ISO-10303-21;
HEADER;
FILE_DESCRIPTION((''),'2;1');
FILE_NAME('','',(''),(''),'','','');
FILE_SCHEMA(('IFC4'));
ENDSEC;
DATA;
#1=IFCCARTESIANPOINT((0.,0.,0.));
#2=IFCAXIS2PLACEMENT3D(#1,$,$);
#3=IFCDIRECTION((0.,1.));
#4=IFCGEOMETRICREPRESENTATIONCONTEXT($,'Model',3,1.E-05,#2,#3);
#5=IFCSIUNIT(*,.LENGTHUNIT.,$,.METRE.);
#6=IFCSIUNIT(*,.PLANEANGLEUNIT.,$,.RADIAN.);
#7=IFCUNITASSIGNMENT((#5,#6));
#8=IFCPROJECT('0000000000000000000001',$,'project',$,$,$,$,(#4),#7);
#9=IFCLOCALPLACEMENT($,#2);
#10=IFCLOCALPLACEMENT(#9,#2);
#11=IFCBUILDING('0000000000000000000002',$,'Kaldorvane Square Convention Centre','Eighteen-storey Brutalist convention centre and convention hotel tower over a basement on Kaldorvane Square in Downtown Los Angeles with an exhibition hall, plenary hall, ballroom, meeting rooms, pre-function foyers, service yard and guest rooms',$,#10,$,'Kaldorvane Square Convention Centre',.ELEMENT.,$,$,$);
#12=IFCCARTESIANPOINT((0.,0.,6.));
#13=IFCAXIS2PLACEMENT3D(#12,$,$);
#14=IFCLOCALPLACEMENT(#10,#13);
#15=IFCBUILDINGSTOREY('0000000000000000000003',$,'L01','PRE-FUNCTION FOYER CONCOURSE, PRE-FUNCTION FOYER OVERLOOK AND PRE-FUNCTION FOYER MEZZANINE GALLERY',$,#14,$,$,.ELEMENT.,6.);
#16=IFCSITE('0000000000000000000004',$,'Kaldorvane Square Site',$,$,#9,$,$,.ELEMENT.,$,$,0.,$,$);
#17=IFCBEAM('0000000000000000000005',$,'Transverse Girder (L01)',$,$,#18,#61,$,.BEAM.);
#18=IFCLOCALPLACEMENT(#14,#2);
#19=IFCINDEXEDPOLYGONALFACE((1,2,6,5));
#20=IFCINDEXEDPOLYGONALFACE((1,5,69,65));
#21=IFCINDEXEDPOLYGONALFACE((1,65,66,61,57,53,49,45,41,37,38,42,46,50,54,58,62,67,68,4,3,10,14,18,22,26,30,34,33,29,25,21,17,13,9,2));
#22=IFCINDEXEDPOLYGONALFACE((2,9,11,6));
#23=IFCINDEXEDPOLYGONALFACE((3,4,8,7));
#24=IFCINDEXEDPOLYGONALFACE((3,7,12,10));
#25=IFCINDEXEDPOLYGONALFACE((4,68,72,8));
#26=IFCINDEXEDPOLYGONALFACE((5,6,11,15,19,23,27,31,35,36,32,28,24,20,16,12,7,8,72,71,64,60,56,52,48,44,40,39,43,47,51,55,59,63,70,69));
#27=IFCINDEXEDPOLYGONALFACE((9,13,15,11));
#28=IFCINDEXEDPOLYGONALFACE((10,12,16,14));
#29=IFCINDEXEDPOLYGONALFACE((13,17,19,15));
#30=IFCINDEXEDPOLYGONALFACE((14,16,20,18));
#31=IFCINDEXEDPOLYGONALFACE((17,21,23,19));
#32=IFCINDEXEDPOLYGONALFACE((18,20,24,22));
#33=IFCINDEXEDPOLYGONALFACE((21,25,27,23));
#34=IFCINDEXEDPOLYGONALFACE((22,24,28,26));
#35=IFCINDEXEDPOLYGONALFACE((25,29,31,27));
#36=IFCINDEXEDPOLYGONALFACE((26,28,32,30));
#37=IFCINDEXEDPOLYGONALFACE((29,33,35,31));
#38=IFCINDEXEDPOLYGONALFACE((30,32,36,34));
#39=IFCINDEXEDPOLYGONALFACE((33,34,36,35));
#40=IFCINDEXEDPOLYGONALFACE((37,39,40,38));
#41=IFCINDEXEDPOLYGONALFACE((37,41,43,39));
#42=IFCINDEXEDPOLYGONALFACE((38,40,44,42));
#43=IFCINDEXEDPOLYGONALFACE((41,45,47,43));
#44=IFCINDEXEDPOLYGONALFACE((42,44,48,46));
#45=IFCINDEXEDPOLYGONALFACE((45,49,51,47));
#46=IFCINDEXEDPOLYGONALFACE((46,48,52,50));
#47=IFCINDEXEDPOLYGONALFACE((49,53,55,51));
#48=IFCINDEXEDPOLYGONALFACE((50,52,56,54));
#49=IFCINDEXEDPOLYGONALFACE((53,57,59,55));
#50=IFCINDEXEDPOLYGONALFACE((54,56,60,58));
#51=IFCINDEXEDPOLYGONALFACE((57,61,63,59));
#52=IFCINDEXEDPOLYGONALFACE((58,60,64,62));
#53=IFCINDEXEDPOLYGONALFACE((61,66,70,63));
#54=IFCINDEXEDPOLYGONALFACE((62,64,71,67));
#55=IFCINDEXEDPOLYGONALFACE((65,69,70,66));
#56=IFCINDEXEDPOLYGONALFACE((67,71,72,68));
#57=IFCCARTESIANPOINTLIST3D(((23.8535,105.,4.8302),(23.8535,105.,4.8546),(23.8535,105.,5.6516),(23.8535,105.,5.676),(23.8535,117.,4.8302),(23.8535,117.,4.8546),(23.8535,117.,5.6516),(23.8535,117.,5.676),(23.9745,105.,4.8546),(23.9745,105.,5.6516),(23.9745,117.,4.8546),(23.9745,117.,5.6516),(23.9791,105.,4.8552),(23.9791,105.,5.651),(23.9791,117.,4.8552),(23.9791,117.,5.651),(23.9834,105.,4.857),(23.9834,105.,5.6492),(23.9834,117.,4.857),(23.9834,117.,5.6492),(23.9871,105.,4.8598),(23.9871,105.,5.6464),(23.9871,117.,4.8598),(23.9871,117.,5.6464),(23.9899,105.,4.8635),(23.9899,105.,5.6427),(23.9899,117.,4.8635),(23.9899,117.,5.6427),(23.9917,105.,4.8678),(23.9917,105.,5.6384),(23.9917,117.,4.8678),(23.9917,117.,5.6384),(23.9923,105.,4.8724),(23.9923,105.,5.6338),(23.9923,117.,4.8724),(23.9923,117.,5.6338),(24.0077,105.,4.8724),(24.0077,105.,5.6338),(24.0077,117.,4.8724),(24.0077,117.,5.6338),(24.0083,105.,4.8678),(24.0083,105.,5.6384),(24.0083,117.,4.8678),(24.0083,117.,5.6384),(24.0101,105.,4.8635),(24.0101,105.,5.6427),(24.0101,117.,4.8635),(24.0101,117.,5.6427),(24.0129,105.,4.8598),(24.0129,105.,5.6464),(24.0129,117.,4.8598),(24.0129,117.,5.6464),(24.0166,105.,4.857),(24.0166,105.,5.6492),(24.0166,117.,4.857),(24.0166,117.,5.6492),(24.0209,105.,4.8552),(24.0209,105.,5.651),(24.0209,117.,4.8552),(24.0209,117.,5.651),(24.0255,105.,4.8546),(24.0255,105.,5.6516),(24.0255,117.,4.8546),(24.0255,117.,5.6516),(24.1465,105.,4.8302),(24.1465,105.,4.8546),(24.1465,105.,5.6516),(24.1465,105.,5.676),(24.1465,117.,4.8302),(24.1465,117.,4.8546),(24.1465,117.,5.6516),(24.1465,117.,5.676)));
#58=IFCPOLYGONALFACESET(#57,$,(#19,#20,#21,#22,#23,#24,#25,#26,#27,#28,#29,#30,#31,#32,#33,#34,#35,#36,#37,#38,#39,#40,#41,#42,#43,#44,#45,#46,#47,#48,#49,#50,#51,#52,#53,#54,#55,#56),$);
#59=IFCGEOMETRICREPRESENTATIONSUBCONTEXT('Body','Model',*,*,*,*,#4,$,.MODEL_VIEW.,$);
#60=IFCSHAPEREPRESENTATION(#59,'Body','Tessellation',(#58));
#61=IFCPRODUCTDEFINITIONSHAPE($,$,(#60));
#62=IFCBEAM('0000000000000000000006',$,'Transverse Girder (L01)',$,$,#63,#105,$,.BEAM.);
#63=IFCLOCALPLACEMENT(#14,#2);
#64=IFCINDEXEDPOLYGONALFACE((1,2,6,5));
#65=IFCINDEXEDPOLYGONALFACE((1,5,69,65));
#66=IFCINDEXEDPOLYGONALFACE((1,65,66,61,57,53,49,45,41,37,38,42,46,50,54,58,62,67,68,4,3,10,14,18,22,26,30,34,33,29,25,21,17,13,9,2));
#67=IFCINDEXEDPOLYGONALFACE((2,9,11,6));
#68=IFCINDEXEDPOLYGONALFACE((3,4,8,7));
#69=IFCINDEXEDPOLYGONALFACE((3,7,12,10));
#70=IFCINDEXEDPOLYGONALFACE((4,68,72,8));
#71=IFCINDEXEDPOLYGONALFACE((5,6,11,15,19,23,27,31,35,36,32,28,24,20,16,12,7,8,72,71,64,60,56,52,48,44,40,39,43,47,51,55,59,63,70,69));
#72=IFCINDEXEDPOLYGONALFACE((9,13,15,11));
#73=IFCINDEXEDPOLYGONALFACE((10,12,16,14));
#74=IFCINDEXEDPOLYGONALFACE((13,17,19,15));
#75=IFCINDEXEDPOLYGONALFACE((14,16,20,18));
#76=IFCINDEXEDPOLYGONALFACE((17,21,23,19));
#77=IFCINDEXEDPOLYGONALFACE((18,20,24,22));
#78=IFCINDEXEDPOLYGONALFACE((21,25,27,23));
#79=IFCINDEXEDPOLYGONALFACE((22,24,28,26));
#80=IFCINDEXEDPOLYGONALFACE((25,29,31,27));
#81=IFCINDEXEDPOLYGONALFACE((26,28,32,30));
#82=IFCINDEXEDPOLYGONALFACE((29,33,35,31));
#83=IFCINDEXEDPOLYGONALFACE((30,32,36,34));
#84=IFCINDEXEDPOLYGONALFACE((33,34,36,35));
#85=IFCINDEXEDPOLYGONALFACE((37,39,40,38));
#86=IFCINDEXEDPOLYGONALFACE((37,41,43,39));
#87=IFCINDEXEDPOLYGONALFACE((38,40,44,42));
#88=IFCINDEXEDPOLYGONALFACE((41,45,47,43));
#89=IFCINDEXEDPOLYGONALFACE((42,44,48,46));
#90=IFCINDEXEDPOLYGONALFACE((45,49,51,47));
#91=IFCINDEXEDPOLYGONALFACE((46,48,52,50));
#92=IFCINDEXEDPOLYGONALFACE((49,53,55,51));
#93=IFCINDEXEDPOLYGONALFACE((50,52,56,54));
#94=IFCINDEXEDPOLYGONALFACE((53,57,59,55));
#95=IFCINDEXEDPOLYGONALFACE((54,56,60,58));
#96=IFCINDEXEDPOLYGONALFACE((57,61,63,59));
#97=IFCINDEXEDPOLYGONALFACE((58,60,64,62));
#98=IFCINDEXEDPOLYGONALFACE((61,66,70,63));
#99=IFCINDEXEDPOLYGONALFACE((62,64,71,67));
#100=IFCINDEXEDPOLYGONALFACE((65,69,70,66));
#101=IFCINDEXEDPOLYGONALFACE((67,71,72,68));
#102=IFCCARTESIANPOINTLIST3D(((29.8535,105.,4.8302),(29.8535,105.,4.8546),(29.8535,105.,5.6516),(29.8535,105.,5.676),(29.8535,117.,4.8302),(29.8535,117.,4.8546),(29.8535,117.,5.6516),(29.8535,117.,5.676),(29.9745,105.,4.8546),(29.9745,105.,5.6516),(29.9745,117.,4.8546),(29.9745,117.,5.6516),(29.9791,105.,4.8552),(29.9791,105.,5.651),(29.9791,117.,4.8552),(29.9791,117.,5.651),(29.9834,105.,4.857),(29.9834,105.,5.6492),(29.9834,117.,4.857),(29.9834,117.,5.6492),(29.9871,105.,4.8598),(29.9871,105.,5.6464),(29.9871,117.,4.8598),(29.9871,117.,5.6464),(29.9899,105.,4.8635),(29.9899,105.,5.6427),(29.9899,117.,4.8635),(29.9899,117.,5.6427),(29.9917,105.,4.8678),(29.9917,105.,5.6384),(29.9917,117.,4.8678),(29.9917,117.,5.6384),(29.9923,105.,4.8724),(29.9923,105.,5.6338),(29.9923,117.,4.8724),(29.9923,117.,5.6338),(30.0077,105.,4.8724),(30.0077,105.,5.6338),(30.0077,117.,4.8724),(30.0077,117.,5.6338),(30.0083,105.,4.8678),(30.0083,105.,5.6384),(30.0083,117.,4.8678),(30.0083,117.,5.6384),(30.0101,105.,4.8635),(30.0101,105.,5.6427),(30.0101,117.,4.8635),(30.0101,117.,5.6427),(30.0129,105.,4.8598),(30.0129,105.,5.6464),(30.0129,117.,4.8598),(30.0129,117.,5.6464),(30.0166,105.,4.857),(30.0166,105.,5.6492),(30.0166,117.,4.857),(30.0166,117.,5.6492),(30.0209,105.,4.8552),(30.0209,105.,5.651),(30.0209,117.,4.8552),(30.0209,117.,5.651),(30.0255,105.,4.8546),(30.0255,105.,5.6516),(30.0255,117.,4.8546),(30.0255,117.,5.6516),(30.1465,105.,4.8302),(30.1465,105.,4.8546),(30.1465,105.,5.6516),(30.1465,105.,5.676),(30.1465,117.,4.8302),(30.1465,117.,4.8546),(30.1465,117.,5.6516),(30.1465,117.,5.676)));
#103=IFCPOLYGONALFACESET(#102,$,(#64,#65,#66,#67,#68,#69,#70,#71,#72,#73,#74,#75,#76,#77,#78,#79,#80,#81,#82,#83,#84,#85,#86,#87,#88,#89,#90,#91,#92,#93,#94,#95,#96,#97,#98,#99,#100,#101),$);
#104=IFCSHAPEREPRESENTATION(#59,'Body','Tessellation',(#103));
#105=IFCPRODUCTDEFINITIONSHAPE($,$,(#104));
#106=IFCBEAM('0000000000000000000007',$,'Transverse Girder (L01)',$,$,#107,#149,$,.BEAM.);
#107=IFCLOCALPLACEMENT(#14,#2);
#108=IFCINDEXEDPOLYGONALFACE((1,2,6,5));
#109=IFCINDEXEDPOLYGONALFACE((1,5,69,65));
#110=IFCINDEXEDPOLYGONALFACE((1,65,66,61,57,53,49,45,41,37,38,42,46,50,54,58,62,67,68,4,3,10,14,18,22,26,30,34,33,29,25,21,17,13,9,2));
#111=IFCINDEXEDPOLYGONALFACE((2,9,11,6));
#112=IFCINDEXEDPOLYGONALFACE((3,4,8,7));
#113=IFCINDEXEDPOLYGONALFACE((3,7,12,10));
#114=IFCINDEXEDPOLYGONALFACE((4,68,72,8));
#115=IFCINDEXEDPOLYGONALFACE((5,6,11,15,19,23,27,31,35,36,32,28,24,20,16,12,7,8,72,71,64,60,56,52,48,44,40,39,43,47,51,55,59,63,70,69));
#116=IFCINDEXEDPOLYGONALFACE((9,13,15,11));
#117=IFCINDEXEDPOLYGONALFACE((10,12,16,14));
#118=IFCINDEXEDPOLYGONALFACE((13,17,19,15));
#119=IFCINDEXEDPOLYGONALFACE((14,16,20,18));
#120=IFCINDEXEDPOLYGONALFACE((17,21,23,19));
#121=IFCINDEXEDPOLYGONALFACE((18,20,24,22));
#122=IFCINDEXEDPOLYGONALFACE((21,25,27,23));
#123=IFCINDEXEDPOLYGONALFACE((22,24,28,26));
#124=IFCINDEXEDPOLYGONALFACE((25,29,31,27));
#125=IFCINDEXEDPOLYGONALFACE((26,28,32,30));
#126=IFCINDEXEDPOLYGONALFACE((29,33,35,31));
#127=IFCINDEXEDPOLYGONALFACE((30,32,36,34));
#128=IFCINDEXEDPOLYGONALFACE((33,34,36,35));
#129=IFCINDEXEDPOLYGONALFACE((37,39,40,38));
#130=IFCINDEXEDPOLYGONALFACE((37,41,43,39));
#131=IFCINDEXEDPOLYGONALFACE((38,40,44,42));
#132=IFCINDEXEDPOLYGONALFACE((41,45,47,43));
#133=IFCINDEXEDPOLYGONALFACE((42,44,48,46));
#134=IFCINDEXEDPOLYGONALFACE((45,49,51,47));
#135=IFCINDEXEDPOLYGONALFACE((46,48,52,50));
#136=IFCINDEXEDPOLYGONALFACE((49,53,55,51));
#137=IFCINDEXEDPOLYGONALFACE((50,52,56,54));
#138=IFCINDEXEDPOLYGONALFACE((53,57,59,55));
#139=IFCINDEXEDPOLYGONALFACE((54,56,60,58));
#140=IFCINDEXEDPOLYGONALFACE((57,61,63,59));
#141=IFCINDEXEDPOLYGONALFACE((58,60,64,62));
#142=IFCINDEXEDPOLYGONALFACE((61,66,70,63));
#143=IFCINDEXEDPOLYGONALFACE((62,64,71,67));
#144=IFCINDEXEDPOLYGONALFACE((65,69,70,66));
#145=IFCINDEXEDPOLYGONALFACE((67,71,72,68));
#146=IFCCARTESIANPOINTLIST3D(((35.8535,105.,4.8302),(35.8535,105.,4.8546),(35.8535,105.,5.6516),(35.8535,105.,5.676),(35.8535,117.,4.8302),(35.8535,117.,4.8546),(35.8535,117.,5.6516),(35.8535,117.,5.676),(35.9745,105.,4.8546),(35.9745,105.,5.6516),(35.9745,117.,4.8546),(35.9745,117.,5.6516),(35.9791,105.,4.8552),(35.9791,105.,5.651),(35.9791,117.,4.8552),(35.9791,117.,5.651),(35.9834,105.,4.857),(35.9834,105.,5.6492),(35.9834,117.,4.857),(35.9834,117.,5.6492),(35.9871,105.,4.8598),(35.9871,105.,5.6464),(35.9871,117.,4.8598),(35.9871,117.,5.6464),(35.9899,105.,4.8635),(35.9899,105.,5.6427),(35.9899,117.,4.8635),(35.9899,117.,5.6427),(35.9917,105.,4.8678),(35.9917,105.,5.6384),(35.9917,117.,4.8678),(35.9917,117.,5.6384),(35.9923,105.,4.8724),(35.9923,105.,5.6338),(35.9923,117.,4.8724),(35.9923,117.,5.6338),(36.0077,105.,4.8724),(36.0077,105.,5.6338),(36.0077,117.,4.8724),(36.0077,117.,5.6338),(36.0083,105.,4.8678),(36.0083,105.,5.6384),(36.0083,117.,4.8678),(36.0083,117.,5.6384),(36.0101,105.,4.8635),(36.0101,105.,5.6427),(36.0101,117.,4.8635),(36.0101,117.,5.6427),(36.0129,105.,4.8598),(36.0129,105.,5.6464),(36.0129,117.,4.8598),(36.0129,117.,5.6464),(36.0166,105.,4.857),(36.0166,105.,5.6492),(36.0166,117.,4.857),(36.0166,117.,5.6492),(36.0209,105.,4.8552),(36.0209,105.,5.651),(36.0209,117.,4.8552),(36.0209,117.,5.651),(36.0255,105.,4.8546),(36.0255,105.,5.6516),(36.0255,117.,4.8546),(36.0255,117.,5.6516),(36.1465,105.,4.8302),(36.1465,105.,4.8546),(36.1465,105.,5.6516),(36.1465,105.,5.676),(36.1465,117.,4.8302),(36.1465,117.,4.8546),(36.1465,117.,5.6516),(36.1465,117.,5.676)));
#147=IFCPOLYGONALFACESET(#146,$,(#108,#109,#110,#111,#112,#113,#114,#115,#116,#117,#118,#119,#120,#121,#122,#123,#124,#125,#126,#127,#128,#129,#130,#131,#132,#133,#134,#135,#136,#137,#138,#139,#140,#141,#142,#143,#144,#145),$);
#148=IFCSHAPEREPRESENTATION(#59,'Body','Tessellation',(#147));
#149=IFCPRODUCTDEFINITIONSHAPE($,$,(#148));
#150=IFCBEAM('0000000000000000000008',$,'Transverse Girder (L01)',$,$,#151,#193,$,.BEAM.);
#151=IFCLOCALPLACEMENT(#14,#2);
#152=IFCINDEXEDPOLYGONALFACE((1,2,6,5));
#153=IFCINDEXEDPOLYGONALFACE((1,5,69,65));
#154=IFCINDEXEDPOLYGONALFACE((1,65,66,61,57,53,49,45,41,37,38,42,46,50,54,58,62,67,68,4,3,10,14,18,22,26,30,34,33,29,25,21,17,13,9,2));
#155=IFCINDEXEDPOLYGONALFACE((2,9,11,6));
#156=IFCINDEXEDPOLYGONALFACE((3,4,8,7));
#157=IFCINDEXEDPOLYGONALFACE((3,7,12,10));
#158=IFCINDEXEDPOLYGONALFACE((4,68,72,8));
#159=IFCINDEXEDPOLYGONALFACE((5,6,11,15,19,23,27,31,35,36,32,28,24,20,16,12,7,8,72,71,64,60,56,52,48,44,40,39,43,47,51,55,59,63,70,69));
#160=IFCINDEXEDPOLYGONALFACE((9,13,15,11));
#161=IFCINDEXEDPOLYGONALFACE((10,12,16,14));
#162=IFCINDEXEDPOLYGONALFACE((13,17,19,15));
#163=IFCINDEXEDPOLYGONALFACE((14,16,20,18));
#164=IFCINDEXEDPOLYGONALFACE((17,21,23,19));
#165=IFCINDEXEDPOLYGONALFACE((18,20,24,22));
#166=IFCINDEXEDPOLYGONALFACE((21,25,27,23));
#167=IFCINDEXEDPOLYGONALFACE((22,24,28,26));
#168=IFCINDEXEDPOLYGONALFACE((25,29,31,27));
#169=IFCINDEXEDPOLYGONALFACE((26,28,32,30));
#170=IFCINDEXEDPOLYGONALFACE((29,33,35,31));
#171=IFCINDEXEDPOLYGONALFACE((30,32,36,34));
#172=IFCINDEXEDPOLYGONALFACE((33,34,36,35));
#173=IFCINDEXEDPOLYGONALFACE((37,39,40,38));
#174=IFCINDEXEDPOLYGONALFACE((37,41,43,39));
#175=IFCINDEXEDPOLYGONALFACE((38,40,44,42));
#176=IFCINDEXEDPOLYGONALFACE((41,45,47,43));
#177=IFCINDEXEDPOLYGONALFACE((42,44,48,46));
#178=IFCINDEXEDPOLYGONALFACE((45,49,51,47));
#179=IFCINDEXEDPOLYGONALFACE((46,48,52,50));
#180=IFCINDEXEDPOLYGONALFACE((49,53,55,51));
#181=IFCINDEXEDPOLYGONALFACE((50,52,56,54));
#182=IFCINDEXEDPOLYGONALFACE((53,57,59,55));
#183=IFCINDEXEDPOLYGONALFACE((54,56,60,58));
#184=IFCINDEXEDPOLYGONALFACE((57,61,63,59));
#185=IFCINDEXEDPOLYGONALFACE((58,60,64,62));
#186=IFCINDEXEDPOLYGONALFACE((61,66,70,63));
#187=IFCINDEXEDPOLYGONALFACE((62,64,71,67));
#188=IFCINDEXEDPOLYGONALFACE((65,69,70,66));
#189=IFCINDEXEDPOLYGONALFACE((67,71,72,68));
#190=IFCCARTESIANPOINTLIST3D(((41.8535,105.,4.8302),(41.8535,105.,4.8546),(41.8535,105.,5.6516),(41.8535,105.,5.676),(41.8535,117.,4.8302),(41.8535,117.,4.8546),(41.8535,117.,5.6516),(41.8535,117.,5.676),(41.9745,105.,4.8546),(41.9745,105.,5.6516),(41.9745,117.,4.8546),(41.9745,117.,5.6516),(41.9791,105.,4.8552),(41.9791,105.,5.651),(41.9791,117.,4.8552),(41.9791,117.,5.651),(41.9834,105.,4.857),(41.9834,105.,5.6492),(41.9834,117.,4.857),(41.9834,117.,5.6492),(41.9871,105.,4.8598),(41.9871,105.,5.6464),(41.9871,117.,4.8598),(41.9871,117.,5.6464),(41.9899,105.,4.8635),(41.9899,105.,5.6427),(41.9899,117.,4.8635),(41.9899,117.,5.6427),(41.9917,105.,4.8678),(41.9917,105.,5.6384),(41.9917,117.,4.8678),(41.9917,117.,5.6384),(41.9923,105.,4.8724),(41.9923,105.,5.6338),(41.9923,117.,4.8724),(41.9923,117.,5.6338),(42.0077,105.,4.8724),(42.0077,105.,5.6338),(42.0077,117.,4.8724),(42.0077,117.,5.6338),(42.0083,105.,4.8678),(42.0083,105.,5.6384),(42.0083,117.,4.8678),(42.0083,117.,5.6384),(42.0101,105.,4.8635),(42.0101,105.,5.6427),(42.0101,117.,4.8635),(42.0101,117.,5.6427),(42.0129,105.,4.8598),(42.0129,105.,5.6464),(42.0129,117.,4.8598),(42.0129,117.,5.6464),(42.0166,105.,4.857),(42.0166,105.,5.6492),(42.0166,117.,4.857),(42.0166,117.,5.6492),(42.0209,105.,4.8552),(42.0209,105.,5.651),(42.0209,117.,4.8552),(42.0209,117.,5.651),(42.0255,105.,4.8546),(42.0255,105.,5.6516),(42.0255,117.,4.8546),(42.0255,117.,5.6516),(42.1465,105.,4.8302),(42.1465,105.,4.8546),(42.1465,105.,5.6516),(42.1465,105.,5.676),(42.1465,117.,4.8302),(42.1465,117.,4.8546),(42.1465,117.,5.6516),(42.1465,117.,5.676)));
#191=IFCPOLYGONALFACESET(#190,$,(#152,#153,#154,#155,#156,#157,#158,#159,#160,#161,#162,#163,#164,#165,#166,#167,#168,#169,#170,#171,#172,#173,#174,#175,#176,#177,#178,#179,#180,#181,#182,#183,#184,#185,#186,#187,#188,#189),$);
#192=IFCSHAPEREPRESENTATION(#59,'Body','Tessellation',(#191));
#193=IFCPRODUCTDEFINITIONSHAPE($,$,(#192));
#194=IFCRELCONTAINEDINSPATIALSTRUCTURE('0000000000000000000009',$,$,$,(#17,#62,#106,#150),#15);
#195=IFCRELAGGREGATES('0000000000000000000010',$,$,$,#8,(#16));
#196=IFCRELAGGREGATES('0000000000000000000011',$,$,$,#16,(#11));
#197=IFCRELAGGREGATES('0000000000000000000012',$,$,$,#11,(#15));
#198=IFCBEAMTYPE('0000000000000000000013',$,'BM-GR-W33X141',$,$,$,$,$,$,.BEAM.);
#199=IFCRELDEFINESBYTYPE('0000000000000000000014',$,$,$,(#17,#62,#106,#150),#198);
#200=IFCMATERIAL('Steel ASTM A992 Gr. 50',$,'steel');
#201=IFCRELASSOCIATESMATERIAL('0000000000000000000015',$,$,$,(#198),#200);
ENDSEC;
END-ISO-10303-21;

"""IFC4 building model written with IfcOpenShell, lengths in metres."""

from ifc_helpers import new_model, si_unit, direction, frame, origin, origin_2d, place, context, subcontext, project, spatial, i_section, extrude, material, material_profile, profile_set, type_object, element, save


model = new_model("IFC4")

# Units and contexts
model_context = context("Model", 3, precision=1e-05, world=origin(), true_north=direction((0.0, 1.0)))
body_context = subcontext(model_context, "Body", "Model", "MODEL_VIEW")
ifc_project = project(units=[si_unit("LENGTHUNIT", "METRE"), si_unit("PLANEANGLEUNIT", "RADIAN")], contexts=[model_context])

# Site, building, storey
site_placement = place(None, origin())
site = spatial("IfcSite", under=ifc_project, at=site_placement, Name="Kaldorvane Square Site", CompositionType="ELEMENT", RefElevation=0.0)
building_placement = place(site_placement, origin())
building = spatial("IfcBuilding", under=site, at=building_placement, Name="Kaldorvane Square Convention Centre", Description="Eighteen-storey Brutalist convention centre and convention hotel tower over a basement on Kaldorvane Square in Downtown Los Angeles with an exhibition hall, plenary hall, ballroom, meeting rooms, pre-function foyers, service yard and guest rooms", LongName="Kaldorvane Square Convention Centre", CompositionType="ELEMENT")
storey_placement = place(building_placement, frame((0.0, 0.0, 6.0)))
storey = spatial("IfcBuildingStorey", under=building, at=storey_placement, Name="L01", Description="PRE-FUNCTION FOYER CONCOURSE, PRE-FUNCTION FOYER OVERLOOK AND PRE-FUNCTION FOYER MEZZANINE GALLERY", CompositionType="ELEMENT", Elevation=6.0)

# Shared definitions
ifc_material_1 = material(Name="Steel ASTM A992 Gr. 50", Category="steel")

# Beams
ifc_material_profile_1 = material_profile(ifc_material_1, i_section(OverallWidth=0.293, OverallDepth=0.8458, WebThickness=0.0154, FlangeThickness=0.0244, FilletRadius=0.0178, at=origin_2d()), Name="W33X141")
ifc_profile_set_1 = profile_set([ifc_material_profile_1], Name="Steel ASTM A992 Gr. 50")
beam_type_1 = type_object("IfcBeamType", Name="BM-GR-W33X141", PredefinedType="BEAM", material=ifc_profile_set_1)
for number, where, z_axis, x_axis, name in (
    (1, (24.0, 105.0, 5.2531), (0.0, 1.0, 0.0), (-1.0, 0.0, 0.0), "Transverse Girder (L01)"),
    (2, (30.0, 105.0, 5.2531), (0.0, 1.0, 0.0), (-1.0, 0.0, 0.0), "Transverse Girder (L01)"),
    (3, (36.0, 105.0, 5.2531), (0.0, 1.0, 0.0), (-1.0, 0.0, 0.0), "Transverse Girder (L01)"),
    (4, (42.0, 105.0, 5.2531), (0.0, 1.0, 0.0), (-1.0, 0.0, 0.0), "Transverse Girder (L01)"),
):
    element("IfcBeam", number, at=place(storey_placement, frame(where, z_axis=z_axis, x_axis=x_axis)), inside=storey, type_object=beam_type_1, Name=name, PredefinedType="BEAM", context=body_context, shape_type="SweptSolid", body=[
        extrude(i_section(OverallWidth=0.293, OverallDepth=0.8458, WebThickness=0.0154, FlangeThickness=0.0244, FilletRadius=0.0178, at=origin_2d()), origin(), (0.0, 0.0, 1.0), 12.0),
    ])

save(model, "model.ifc")
